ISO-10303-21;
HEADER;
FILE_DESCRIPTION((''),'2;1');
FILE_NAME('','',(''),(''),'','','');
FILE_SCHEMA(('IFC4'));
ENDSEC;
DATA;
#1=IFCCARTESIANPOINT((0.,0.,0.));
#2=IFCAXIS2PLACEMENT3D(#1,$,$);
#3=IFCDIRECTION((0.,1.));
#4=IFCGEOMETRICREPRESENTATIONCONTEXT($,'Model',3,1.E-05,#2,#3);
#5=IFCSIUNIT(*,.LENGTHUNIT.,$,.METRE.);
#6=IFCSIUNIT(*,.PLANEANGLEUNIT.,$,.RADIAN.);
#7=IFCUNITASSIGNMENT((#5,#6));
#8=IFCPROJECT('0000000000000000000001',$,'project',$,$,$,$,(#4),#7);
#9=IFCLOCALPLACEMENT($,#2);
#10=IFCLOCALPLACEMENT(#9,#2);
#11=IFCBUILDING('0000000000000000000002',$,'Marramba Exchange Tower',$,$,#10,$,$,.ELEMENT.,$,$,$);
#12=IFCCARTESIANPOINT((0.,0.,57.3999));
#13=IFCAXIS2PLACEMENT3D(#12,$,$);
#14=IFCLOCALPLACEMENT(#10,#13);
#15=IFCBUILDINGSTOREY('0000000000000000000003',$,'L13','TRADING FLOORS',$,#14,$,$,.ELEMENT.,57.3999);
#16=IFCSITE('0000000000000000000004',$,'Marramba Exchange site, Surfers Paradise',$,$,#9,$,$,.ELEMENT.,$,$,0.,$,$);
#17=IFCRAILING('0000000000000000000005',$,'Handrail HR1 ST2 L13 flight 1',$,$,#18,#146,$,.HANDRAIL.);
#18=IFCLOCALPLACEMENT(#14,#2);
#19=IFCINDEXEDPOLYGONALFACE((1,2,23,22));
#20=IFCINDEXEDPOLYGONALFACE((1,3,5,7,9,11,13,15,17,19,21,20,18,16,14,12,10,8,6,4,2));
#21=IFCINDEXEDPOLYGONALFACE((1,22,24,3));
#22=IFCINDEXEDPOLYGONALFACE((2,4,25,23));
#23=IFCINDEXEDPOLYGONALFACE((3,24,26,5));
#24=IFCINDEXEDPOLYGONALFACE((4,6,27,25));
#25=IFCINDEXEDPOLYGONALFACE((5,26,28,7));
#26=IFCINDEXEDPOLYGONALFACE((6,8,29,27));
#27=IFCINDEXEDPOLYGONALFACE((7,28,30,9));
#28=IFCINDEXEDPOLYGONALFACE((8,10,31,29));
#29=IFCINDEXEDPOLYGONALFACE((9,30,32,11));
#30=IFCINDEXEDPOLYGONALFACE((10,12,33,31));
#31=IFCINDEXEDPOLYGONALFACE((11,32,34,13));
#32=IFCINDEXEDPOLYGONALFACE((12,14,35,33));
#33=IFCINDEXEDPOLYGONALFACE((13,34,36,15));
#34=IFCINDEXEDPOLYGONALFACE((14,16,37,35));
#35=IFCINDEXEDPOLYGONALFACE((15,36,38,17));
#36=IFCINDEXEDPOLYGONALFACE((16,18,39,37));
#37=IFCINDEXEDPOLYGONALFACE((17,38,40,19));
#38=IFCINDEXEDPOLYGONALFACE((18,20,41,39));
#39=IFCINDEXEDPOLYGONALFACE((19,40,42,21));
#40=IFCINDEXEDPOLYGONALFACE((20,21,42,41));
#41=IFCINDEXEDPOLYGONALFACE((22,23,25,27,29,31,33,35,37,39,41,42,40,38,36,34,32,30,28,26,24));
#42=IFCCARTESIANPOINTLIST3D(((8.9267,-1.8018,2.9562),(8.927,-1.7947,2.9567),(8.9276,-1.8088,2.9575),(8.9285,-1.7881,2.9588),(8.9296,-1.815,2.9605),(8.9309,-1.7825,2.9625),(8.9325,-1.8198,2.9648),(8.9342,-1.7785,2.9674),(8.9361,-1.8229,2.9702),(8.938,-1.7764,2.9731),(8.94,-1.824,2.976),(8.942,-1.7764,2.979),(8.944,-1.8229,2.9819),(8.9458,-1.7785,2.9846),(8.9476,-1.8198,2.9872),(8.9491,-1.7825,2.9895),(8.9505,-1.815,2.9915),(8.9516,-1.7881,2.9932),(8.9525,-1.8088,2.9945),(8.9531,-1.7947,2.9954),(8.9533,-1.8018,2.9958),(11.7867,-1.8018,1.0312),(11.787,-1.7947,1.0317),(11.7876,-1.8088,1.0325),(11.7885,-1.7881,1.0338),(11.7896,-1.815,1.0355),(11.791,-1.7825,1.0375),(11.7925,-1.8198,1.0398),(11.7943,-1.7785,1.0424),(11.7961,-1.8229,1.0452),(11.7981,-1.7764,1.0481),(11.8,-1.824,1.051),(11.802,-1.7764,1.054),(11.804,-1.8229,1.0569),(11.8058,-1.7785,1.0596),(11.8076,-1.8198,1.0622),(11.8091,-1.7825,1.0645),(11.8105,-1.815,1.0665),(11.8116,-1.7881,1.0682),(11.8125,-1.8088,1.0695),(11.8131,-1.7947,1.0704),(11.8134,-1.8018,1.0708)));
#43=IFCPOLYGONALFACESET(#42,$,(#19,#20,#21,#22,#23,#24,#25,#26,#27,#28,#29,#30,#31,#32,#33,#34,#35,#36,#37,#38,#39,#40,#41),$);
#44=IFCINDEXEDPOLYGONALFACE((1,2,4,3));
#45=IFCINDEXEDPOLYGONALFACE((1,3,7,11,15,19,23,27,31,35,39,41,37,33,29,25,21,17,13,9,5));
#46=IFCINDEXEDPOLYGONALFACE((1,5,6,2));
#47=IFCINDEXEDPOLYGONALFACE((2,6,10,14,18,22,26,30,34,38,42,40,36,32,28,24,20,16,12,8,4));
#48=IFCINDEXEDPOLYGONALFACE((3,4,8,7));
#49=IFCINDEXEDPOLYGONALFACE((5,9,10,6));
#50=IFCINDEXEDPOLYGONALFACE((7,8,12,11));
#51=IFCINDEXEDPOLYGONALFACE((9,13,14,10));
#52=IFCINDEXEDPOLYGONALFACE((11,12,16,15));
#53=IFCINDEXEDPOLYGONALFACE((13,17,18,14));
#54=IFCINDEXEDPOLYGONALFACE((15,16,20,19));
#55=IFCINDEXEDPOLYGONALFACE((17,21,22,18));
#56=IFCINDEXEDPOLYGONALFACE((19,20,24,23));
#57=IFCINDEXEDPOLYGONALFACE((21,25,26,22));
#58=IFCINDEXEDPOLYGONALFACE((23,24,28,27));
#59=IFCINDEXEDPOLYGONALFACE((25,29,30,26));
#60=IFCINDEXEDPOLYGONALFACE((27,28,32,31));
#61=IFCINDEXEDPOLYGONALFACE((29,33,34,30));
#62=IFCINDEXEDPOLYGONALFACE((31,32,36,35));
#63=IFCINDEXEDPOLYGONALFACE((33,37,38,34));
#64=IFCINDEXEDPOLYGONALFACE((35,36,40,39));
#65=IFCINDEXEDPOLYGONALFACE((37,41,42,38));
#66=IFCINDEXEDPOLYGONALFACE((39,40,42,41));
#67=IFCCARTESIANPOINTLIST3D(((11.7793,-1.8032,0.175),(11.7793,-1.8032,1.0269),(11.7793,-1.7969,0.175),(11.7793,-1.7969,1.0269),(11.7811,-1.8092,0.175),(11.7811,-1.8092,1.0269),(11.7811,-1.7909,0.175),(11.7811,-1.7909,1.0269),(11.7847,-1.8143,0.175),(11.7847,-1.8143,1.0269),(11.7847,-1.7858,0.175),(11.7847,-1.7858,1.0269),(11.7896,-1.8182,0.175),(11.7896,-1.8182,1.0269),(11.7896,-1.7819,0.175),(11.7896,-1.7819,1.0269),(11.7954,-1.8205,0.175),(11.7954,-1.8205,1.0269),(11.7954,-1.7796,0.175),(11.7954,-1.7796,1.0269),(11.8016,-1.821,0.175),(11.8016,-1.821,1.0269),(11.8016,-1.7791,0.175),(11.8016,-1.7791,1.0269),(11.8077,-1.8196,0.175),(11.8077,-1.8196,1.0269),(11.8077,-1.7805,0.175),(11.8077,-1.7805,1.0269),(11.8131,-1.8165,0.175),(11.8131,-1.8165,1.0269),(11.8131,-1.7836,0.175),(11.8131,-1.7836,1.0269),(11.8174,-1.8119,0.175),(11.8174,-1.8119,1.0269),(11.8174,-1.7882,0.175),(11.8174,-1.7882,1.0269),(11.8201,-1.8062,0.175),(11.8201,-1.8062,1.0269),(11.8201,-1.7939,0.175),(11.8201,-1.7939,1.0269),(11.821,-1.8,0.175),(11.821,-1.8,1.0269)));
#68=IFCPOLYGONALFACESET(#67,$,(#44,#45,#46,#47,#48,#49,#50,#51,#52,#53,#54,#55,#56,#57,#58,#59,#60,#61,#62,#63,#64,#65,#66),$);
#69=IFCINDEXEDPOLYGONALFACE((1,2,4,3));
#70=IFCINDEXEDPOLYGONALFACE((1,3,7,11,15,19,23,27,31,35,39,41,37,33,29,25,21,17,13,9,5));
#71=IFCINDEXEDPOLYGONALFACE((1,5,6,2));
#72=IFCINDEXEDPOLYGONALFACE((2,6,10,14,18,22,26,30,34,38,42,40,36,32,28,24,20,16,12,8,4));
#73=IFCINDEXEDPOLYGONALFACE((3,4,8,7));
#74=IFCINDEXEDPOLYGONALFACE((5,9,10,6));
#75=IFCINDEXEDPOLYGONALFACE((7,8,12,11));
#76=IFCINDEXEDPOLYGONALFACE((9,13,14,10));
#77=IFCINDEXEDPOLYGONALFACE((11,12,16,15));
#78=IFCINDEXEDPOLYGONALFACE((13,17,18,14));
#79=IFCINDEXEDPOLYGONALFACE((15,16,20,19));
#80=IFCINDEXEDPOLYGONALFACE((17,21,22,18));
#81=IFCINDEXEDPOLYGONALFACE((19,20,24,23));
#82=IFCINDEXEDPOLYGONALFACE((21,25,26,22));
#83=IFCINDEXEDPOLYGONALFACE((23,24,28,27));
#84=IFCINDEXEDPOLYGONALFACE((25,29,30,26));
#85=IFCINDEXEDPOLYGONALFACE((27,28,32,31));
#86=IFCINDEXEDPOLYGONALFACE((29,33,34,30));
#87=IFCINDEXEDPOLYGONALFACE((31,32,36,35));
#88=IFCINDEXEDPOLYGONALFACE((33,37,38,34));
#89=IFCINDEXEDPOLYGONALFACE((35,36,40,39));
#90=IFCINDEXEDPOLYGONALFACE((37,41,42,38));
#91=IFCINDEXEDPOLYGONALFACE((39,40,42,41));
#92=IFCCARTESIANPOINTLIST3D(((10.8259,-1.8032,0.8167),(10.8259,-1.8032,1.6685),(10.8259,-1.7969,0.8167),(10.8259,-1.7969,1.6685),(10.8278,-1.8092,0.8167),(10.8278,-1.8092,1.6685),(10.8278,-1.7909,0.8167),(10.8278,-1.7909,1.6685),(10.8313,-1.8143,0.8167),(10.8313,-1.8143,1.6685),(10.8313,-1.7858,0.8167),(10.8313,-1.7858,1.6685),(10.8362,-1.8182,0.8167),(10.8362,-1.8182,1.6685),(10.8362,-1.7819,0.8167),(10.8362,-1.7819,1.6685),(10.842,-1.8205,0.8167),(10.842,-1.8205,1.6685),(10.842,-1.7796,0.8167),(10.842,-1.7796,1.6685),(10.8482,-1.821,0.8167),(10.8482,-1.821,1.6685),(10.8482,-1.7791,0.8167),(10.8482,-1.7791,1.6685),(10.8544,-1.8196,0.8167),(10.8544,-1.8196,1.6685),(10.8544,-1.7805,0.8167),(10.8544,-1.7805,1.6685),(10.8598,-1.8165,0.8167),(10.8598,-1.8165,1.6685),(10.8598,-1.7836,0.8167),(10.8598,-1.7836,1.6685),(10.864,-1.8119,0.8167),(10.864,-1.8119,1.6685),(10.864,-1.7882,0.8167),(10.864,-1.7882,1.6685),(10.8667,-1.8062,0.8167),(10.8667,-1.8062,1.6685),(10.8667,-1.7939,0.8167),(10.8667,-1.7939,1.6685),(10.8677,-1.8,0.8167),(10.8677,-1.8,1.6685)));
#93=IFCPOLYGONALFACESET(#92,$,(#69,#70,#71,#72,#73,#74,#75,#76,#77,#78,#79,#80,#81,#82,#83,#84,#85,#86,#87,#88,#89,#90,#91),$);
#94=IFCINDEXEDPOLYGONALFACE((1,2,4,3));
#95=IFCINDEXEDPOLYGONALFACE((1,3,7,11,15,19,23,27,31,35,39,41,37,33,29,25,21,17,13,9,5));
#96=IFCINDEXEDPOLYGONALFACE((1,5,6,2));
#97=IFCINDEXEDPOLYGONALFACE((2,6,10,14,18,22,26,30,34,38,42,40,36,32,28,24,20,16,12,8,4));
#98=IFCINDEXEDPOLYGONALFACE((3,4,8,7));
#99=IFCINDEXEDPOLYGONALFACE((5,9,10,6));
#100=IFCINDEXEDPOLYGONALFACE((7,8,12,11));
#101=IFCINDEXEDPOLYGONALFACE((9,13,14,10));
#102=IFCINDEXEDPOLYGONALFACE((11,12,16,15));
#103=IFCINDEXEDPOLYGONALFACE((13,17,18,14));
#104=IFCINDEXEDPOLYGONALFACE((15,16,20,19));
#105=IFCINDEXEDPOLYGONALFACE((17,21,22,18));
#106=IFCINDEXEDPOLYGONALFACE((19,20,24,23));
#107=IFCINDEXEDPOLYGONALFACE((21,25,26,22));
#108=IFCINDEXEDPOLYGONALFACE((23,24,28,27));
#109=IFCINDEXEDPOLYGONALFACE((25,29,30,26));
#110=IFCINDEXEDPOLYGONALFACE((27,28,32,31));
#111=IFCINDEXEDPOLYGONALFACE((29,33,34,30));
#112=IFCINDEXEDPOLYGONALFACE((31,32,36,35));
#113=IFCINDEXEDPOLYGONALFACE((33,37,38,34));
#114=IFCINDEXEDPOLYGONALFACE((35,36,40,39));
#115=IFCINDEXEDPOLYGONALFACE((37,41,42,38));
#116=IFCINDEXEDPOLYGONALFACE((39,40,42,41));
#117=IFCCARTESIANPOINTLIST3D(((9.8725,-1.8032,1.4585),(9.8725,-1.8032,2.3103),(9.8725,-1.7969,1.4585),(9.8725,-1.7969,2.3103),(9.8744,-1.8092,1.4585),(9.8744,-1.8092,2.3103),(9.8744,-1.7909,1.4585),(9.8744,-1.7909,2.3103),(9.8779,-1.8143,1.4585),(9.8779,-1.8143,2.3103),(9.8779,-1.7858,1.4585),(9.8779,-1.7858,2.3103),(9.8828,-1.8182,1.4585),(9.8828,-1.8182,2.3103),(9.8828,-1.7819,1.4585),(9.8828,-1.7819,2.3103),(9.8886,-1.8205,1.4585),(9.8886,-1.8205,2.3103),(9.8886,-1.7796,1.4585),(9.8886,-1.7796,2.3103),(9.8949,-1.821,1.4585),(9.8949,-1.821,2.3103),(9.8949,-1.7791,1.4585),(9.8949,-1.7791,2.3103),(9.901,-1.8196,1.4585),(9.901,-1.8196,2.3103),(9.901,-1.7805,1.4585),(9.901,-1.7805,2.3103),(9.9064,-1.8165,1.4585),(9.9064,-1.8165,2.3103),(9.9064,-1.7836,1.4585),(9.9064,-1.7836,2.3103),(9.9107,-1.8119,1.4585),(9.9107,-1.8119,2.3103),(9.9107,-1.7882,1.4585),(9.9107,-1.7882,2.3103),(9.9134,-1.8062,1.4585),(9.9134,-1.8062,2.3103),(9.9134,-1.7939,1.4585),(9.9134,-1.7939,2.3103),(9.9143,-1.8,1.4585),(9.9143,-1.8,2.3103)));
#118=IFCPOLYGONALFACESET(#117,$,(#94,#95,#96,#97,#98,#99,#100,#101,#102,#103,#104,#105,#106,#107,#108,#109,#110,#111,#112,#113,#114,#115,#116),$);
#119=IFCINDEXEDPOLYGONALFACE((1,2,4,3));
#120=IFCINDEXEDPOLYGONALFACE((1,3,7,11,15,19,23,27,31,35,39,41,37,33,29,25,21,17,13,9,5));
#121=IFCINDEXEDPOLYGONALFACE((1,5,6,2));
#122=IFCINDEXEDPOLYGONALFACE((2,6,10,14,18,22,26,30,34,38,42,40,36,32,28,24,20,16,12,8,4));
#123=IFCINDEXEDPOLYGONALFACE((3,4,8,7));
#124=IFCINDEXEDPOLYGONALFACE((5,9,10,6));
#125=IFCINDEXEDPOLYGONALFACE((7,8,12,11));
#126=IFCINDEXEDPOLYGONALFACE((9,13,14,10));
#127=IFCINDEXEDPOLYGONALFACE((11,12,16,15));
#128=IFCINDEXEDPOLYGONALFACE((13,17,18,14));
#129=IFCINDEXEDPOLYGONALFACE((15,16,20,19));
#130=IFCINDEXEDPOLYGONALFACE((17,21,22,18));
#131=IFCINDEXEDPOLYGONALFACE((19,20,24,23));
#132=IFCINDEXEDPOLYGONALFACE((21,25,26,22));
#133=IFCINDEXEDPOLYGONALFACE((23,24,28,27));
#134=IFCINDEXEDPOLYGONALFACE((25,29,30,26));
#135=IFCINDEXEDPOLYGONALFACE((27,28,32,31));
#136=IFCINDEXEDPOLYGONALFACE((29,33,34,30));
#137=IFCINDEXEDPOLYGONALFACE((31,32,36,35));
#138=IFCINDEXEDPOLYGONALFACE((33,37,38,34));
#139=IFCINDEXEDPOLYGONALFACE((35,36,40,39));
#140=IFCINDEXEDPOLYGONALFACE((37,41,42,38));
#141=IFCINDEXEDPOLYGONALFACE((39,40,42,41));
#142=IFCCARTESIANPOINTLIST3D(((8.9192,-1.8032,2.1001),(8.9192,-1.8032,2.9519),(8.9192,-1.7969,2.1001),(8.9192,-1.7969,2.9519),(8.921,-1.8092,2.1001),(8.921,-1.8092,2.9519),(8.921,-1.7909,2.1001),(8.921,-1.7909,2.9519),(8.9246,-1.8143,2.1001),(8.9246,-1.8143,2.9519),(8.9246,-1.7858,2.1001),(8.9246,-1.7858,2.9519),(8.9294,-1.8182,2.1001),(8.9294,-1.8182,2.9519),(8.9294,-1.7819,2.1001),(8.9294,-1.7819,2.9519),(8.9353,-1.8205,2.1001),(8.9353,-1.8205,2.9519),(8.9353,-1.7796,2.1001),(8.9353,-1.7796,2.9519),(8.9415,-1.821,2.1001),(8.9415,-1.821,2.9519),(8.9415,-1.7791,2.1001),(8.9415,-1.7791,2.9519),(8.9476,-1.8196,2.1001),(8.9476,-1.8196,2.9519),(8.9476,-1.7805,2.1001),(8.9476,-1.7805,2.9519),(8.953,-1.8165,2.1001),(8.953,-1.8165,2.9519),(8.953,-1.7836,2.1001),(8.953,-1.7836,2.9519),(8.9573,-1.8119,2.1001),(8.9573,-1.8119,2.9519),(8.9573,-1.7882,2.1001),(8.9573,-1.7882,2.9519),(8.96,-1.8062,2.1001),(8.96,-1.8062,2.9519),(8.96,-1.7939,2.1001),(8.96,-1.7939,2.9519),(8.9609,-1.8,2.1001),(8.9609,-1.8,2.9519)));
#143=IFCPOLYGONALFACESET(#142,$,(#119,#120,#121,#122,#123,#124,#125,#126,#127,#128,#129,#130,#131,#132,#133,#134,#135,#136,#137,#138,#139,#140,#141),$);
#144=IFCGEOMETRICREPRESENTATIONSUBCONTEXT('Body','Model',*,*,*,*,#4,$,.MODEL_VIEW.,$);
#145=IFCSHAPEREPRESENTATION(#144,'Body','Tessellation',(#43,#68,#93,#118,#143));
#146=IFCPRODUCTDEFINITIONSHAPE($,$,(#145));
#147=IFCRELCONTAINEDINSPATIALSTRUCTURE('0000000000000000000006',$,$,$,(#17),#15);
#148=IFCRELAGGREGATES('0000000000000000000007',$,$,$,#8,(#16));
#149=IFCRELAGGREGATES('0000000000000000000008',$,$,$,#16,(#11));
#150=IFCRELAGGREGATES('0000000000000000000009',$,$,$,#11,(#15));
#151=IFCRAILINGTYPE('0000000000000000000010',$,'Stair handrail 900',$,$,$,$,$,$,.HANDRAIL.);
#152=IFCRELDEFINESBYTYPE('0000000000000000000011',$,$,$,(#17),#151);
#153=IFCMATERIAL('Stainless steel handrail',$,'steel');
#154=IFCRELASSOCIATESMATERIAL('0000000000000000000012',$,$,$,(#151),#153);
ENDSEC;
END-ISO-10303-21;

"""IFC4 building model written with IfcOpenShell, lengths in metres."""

from ifc_helpers import new_model, si_unit, direction, frame, origin, origin_2d, place, context, subcontext, project, spatial, circle, extrude, material, type_object, element, save


model = new_model("IFC4")

# Units and contexts
model_context = context("Model", 3, precision=1e-05, world=origin(), true_north=direction((0.0, 1.0)))
body_context = subcontext(model_context, "Body", "Model", "MODEL_VIEW")
ifc_project = project(units=[si_unit("LENGTHUNIT", "METRE"), si_unit("PLANEANGLEUNIT", "RADIAN")], contexts=[model_context])

# Site, building, storey
site_placement = place(None, origin())
site = spatial("IfcSite", under=ifc_project, at=site_placement, Name="Marramba Exchange site, Surfers Paradise", CompositionType="ELEMENT", RefElevation=0.0)
building_placement = place(site_placement, origin())
building = spatial("IfcBuilding", under=site, at=building_placement, Name="Marramba Exchange Tower", CompositionType="ELEMENT")
storey_placement = place(building_placement, frame((0.0, 0.0, 57.3999)))
storey = spatial("IfcBuildingStorey", under=building, at=storey_placement, Name="L13", Description="TRADING FLOORS", CompositionType="ELEMENT", Elevation=57.3999)

# Railing
ifc_material_1 = material(Name="Stainless steel handrail", Category="steel")
railing_type = type_object("IfcRailingType", Name="Stair handrail 900", PredefinedType="HANDRAIL", material=ifc_material_1)
railing_placement = place(storey_placement, frame((11.8, -1.8, 0.175)))
element("IfcRailing", 1, at=railing_placement, inside=storey, type_object=railing_type, Name="Handrail HR1 ST2 L13 flight 1", PredefinedType="HANDRAIL", context=body_context, shape_type="SweptSolid", body=[
    extrude(circle(Radius=0.0239, at=origin_2d()), frame((0.0, 0.0, 0.876), z_axis=(-0.829591, 0.0, 0.558372), x_axis=(0.0, -1.0, 0.0)), (0.0, 0.0, 1.0), 3.4475),
    extrude(circle(Radius=0.021, at=origin_2d()), origin(), (0.0, 0.0, 1.0), 0.8518),
    extrude(circle(Radius=0.021, at=origin_2d()), frame((-0.9534, 0.0, 0.6416)), (0.0, 0.0, 1.0), 0.8518),
    extrude(circle(Radius=0.021, at=origin_2d()), frame((-1.9067, 0.0, 1.2834)), (0.0, 0.0, 1.0), 0.8518),
    extrude(circle(Radius=0.021, at=origin_2d()), frame((-2.8601, 0.0, 1.925)), (0.0, 0.0, 1.0), 0.8518),
])

save(model, "model.ifc")
